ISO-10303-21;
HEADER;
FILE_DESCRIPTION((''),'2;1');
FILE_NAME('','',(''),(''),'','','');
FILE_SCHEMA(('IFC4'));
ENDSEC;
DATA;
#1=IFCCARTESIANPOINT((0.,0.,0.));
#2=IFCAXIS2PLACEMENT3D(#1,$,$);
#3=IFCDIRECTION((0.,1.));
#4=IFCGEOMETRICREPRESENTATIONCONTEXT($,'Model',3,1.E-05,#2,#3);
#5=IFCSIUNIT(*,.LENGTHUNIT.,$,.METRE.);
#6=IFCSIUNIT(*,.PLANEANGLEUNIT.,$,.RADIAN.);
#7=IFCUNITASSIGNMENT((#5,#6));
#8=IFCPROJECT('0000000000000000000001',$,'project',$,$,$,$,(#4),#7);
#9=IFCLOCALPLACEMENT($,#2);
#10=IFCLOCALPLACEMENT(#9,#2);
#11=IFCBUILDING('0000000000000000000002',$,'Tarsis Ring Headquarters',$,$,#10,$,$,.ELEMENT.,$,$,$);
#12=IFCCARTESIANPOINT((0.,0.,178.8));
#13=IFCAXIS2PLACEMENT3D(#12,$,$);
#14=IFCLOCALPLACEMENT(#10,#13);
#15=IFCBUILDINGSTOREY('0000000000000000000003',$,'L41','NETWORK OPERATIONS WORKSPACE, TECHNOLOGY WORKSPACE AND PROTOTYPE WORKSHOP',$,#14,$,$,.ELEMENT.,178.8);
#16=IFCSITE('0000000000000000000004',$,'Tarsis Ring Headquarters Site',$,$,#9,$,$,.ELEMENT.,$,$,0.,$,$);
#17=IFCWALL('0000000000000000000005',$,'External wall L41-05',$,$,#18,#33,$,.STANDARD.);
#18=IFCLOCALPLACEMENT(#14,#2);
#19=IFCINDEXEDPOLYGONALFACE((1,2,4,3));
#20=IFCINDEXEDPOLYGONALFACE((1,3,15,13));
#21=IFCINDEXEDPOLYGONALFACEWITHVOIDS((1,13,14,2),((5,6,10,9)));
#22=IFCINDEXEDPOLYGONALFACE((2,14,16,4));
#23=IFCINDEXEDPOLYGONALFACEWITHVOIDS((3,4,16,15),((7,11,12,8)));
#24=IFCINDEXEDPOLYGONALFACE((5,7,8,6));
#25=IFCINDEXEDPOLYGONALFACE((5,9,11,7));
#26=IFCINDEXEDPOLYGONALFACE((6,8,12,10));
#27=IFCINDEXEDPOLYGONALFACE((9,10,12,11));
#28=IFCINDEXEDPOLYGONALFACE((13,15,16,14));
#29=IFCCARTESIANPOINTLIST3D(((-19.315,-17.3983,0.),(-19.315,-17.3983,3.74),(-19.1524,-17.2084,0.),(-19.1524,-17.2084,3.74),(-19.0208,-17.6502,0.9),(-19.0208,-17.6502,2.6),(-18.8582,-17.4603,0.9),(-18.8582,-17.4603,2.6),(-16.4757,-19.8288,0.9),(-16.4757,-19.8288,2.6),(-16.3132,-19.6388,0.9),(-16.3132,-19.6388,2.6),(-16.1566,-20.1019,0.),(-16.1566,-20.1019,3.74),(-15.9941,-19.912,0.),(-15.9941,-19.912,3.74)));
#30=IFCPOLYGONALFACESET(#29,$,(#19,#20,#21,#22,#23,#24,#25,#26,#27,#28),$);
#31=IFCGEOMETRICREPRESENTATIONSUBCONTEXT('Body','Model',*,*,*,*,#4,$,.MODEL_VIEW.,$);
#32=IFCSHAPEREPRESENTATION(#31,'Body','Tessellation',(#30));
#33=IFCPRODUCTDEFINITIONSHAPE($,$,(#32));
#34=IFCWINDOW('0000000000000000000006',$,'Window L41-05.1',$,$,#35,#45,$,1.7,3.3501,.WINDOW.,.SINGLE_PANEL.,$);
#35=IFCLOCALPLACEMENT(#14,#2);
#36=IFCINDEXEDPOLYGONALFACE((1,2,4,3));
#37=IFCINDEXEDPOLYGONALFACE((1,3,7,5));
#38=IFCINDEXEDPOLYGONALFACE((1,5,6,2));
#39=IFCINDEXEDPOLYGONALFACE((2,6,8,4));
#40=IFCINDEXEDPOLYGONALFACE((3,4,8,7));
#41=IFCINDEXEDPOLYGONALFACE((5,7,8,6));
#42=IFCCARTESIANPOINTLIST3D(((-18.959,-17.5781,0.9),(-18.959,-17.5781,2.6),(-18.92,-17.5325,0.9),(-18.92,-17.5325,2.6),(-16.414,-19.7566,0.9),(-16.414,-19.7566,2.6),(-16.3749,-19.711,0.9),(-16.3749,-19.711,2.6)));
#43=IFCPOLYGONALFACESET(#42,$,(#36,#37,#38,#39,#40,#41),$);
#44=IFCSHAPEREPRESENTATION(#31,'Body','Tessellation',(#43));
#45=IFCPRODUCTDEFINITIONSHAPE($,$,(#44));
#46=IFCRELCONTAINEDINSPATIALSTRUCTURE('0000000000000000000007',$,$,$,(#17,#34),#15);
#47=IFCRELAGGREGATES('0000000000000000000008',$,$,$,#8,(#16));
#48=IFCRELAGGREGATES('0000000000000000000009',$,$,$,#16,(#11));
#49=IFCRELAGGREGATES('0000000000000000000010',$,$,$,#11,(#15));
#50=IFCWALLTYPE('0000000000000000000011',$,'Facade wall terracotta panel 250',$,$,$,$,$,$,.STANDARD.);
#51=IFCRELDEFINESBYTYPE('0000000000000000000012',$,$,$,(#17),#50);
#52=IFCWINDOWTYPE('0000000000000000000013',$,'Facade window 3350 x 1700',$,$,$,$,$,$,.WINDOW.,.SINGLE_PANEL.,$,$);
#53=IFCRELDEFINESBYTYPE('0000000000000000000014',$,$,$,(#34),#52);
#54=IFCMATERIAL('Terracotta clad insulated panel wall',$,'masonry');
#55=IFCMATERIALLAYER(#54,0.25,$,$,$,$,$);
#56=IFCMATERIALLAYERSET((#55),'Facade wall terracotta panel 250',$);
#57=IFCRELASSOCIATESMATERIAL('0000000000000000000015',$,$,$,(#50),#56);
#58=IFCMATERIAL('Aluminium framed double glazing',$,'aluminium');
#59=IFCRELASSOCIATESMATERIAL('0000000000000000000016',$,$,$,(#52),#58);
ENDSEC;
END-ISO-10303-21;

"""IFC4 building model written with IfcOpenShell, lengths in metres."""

from ifc_helpers import new_model, si_unit, direction, frame, frame_2d, origin, place, context, subcontext, project, spatial, rectangle, extrude, material, layer, layer_set, type_object, element, fill, save


model = new_model("IFC4")

# Units and contexts
model_context = context("Model", 3, precision=1e-05, world=origin(), true_north=direction((0.0, 1.0)))
body_context = subcontext(model_context, "Body", "Model", "MODEL_VIEW")
ifc_project = project(units=[si_unit("LENGTHUNIT", "METRE"), si_unit("PLANEANGLEUNIT", "RADIAN")], contexts=[model_context])

# Site, building, storey
site_placement = place(None, origin())
site = spatial("IfcSite", under=ifc_project, at=site_placement, Name="Tarsis Ring Headquarters Site", CompositionType="ELEMENT", RefElevation=0.0)
building_placement = place(site_placement, origin())
building = spatial("IfcBuilding", under=site, at=building_placement, Name="Tarsis Ring Headquarters", CompositionType="ELEMENT")
storey_placement = place(building_placement, frame((0.0, 0.0, 178.8)))
storey = spatial("IfcBuildingStorey", under=building, at=storey_placement, Name="L41", Description="NETWORK OPERATIONS WORKSPACE, TECHNOLOGY WORKSPACE AND PROTOTYPE WORKSHOP", CompositionType="ELEMENT", Elevation=178.8)

# Wall, opening, window
ifc_material_1 = material(Name="Terracotta clad insulated panel wall", Category="masonry")
ifc_layer_1 = layer(ifc_material_1, 0.25)
ifc_layer_set_1 = layer_set([ifc_layer_1], Name="Facade wall terracotta panel 250")
wall_type_1 = type_object("IfcWallType", Name="Facade wall terracotta panel 250", PredefinedType="STANDARD", material=ifc_layer_set_1)
wall_1_placement = place(storey_placement, frame((-19.2336, -17.3035, 0.0), z_axis=(0.0, 0.0, 1.0), x_axis=(0.759688, -0.650288, 0.0)))
wall_1 = element("IfcWall", 1, at=wall_1_placement, inside=storey, type_object=wall_type_1, Name="External wall L41-05", PredefinedType="STANDARD", context=body_context, shape_type="SweptSolid", body=[
    extrude(rectangle(XDim=4.1575, YDim=0.25, at=frame_2d((2.0786, 0.0))), origin(), (0.0, 0.0, 1.0), 3.74),
])
opening_1_placement = place(wall_1_placement, frame((0.3872, 0.0, 0.8999)))
opening_1 = element("IfcOpeningElement", 2, at=opening_1_placement, cuts=wall_1, PredefinedType="OPENING", context=body_context, shape_type="SweptSolid", body=[
    extrude(rectangle(XDim=3.3501, YDim=1.7, at=frame_2d((1.675, 0.8501))), frame((0.0, 0.135, 0.0), z_axis=(0.0, -1.0, 0.0), x_axis=(1.0, 0.0, 0.0)), (0.0, 0.0, 1.0), 0.27),
])
ifc_material_2 = material(Name="Aluminium framed double glazing", Category="aluminium")
window_type = type_object("IfcWindowType", Name="Facade window 3350 x 1700", PartitioningType="SINGLE_PANEL", PredefinedType="WINDOW", material=ifc_material_2)
window_placement = place(opening_1_placement, origin())
window = element("IfcWindow", 3, at=window_placement, inside=storey, type_object=window_type, Name="Window L41-05.1", OverallHeight=1.7, OverallWidth=3.3501, PartitioningType="SINGLE_PANEL", PredefinedType="WINDOW", context=body_context, shape_type="SweptSolid", body=[
    extrude(rectangle(XDim=3.3501, YDim=1.7, at=frame_2d((1.675, 0.8501))), frame((0.0, 0.03, 0.0), z_axis=(0.0, -1.0, 0.0), x_axis=(1.0, 0.0, 0.0)), (0.0, 0.0, 1.0), 0.0601),
])
fill(opening_1, window)

save(model, "model.ifc")
